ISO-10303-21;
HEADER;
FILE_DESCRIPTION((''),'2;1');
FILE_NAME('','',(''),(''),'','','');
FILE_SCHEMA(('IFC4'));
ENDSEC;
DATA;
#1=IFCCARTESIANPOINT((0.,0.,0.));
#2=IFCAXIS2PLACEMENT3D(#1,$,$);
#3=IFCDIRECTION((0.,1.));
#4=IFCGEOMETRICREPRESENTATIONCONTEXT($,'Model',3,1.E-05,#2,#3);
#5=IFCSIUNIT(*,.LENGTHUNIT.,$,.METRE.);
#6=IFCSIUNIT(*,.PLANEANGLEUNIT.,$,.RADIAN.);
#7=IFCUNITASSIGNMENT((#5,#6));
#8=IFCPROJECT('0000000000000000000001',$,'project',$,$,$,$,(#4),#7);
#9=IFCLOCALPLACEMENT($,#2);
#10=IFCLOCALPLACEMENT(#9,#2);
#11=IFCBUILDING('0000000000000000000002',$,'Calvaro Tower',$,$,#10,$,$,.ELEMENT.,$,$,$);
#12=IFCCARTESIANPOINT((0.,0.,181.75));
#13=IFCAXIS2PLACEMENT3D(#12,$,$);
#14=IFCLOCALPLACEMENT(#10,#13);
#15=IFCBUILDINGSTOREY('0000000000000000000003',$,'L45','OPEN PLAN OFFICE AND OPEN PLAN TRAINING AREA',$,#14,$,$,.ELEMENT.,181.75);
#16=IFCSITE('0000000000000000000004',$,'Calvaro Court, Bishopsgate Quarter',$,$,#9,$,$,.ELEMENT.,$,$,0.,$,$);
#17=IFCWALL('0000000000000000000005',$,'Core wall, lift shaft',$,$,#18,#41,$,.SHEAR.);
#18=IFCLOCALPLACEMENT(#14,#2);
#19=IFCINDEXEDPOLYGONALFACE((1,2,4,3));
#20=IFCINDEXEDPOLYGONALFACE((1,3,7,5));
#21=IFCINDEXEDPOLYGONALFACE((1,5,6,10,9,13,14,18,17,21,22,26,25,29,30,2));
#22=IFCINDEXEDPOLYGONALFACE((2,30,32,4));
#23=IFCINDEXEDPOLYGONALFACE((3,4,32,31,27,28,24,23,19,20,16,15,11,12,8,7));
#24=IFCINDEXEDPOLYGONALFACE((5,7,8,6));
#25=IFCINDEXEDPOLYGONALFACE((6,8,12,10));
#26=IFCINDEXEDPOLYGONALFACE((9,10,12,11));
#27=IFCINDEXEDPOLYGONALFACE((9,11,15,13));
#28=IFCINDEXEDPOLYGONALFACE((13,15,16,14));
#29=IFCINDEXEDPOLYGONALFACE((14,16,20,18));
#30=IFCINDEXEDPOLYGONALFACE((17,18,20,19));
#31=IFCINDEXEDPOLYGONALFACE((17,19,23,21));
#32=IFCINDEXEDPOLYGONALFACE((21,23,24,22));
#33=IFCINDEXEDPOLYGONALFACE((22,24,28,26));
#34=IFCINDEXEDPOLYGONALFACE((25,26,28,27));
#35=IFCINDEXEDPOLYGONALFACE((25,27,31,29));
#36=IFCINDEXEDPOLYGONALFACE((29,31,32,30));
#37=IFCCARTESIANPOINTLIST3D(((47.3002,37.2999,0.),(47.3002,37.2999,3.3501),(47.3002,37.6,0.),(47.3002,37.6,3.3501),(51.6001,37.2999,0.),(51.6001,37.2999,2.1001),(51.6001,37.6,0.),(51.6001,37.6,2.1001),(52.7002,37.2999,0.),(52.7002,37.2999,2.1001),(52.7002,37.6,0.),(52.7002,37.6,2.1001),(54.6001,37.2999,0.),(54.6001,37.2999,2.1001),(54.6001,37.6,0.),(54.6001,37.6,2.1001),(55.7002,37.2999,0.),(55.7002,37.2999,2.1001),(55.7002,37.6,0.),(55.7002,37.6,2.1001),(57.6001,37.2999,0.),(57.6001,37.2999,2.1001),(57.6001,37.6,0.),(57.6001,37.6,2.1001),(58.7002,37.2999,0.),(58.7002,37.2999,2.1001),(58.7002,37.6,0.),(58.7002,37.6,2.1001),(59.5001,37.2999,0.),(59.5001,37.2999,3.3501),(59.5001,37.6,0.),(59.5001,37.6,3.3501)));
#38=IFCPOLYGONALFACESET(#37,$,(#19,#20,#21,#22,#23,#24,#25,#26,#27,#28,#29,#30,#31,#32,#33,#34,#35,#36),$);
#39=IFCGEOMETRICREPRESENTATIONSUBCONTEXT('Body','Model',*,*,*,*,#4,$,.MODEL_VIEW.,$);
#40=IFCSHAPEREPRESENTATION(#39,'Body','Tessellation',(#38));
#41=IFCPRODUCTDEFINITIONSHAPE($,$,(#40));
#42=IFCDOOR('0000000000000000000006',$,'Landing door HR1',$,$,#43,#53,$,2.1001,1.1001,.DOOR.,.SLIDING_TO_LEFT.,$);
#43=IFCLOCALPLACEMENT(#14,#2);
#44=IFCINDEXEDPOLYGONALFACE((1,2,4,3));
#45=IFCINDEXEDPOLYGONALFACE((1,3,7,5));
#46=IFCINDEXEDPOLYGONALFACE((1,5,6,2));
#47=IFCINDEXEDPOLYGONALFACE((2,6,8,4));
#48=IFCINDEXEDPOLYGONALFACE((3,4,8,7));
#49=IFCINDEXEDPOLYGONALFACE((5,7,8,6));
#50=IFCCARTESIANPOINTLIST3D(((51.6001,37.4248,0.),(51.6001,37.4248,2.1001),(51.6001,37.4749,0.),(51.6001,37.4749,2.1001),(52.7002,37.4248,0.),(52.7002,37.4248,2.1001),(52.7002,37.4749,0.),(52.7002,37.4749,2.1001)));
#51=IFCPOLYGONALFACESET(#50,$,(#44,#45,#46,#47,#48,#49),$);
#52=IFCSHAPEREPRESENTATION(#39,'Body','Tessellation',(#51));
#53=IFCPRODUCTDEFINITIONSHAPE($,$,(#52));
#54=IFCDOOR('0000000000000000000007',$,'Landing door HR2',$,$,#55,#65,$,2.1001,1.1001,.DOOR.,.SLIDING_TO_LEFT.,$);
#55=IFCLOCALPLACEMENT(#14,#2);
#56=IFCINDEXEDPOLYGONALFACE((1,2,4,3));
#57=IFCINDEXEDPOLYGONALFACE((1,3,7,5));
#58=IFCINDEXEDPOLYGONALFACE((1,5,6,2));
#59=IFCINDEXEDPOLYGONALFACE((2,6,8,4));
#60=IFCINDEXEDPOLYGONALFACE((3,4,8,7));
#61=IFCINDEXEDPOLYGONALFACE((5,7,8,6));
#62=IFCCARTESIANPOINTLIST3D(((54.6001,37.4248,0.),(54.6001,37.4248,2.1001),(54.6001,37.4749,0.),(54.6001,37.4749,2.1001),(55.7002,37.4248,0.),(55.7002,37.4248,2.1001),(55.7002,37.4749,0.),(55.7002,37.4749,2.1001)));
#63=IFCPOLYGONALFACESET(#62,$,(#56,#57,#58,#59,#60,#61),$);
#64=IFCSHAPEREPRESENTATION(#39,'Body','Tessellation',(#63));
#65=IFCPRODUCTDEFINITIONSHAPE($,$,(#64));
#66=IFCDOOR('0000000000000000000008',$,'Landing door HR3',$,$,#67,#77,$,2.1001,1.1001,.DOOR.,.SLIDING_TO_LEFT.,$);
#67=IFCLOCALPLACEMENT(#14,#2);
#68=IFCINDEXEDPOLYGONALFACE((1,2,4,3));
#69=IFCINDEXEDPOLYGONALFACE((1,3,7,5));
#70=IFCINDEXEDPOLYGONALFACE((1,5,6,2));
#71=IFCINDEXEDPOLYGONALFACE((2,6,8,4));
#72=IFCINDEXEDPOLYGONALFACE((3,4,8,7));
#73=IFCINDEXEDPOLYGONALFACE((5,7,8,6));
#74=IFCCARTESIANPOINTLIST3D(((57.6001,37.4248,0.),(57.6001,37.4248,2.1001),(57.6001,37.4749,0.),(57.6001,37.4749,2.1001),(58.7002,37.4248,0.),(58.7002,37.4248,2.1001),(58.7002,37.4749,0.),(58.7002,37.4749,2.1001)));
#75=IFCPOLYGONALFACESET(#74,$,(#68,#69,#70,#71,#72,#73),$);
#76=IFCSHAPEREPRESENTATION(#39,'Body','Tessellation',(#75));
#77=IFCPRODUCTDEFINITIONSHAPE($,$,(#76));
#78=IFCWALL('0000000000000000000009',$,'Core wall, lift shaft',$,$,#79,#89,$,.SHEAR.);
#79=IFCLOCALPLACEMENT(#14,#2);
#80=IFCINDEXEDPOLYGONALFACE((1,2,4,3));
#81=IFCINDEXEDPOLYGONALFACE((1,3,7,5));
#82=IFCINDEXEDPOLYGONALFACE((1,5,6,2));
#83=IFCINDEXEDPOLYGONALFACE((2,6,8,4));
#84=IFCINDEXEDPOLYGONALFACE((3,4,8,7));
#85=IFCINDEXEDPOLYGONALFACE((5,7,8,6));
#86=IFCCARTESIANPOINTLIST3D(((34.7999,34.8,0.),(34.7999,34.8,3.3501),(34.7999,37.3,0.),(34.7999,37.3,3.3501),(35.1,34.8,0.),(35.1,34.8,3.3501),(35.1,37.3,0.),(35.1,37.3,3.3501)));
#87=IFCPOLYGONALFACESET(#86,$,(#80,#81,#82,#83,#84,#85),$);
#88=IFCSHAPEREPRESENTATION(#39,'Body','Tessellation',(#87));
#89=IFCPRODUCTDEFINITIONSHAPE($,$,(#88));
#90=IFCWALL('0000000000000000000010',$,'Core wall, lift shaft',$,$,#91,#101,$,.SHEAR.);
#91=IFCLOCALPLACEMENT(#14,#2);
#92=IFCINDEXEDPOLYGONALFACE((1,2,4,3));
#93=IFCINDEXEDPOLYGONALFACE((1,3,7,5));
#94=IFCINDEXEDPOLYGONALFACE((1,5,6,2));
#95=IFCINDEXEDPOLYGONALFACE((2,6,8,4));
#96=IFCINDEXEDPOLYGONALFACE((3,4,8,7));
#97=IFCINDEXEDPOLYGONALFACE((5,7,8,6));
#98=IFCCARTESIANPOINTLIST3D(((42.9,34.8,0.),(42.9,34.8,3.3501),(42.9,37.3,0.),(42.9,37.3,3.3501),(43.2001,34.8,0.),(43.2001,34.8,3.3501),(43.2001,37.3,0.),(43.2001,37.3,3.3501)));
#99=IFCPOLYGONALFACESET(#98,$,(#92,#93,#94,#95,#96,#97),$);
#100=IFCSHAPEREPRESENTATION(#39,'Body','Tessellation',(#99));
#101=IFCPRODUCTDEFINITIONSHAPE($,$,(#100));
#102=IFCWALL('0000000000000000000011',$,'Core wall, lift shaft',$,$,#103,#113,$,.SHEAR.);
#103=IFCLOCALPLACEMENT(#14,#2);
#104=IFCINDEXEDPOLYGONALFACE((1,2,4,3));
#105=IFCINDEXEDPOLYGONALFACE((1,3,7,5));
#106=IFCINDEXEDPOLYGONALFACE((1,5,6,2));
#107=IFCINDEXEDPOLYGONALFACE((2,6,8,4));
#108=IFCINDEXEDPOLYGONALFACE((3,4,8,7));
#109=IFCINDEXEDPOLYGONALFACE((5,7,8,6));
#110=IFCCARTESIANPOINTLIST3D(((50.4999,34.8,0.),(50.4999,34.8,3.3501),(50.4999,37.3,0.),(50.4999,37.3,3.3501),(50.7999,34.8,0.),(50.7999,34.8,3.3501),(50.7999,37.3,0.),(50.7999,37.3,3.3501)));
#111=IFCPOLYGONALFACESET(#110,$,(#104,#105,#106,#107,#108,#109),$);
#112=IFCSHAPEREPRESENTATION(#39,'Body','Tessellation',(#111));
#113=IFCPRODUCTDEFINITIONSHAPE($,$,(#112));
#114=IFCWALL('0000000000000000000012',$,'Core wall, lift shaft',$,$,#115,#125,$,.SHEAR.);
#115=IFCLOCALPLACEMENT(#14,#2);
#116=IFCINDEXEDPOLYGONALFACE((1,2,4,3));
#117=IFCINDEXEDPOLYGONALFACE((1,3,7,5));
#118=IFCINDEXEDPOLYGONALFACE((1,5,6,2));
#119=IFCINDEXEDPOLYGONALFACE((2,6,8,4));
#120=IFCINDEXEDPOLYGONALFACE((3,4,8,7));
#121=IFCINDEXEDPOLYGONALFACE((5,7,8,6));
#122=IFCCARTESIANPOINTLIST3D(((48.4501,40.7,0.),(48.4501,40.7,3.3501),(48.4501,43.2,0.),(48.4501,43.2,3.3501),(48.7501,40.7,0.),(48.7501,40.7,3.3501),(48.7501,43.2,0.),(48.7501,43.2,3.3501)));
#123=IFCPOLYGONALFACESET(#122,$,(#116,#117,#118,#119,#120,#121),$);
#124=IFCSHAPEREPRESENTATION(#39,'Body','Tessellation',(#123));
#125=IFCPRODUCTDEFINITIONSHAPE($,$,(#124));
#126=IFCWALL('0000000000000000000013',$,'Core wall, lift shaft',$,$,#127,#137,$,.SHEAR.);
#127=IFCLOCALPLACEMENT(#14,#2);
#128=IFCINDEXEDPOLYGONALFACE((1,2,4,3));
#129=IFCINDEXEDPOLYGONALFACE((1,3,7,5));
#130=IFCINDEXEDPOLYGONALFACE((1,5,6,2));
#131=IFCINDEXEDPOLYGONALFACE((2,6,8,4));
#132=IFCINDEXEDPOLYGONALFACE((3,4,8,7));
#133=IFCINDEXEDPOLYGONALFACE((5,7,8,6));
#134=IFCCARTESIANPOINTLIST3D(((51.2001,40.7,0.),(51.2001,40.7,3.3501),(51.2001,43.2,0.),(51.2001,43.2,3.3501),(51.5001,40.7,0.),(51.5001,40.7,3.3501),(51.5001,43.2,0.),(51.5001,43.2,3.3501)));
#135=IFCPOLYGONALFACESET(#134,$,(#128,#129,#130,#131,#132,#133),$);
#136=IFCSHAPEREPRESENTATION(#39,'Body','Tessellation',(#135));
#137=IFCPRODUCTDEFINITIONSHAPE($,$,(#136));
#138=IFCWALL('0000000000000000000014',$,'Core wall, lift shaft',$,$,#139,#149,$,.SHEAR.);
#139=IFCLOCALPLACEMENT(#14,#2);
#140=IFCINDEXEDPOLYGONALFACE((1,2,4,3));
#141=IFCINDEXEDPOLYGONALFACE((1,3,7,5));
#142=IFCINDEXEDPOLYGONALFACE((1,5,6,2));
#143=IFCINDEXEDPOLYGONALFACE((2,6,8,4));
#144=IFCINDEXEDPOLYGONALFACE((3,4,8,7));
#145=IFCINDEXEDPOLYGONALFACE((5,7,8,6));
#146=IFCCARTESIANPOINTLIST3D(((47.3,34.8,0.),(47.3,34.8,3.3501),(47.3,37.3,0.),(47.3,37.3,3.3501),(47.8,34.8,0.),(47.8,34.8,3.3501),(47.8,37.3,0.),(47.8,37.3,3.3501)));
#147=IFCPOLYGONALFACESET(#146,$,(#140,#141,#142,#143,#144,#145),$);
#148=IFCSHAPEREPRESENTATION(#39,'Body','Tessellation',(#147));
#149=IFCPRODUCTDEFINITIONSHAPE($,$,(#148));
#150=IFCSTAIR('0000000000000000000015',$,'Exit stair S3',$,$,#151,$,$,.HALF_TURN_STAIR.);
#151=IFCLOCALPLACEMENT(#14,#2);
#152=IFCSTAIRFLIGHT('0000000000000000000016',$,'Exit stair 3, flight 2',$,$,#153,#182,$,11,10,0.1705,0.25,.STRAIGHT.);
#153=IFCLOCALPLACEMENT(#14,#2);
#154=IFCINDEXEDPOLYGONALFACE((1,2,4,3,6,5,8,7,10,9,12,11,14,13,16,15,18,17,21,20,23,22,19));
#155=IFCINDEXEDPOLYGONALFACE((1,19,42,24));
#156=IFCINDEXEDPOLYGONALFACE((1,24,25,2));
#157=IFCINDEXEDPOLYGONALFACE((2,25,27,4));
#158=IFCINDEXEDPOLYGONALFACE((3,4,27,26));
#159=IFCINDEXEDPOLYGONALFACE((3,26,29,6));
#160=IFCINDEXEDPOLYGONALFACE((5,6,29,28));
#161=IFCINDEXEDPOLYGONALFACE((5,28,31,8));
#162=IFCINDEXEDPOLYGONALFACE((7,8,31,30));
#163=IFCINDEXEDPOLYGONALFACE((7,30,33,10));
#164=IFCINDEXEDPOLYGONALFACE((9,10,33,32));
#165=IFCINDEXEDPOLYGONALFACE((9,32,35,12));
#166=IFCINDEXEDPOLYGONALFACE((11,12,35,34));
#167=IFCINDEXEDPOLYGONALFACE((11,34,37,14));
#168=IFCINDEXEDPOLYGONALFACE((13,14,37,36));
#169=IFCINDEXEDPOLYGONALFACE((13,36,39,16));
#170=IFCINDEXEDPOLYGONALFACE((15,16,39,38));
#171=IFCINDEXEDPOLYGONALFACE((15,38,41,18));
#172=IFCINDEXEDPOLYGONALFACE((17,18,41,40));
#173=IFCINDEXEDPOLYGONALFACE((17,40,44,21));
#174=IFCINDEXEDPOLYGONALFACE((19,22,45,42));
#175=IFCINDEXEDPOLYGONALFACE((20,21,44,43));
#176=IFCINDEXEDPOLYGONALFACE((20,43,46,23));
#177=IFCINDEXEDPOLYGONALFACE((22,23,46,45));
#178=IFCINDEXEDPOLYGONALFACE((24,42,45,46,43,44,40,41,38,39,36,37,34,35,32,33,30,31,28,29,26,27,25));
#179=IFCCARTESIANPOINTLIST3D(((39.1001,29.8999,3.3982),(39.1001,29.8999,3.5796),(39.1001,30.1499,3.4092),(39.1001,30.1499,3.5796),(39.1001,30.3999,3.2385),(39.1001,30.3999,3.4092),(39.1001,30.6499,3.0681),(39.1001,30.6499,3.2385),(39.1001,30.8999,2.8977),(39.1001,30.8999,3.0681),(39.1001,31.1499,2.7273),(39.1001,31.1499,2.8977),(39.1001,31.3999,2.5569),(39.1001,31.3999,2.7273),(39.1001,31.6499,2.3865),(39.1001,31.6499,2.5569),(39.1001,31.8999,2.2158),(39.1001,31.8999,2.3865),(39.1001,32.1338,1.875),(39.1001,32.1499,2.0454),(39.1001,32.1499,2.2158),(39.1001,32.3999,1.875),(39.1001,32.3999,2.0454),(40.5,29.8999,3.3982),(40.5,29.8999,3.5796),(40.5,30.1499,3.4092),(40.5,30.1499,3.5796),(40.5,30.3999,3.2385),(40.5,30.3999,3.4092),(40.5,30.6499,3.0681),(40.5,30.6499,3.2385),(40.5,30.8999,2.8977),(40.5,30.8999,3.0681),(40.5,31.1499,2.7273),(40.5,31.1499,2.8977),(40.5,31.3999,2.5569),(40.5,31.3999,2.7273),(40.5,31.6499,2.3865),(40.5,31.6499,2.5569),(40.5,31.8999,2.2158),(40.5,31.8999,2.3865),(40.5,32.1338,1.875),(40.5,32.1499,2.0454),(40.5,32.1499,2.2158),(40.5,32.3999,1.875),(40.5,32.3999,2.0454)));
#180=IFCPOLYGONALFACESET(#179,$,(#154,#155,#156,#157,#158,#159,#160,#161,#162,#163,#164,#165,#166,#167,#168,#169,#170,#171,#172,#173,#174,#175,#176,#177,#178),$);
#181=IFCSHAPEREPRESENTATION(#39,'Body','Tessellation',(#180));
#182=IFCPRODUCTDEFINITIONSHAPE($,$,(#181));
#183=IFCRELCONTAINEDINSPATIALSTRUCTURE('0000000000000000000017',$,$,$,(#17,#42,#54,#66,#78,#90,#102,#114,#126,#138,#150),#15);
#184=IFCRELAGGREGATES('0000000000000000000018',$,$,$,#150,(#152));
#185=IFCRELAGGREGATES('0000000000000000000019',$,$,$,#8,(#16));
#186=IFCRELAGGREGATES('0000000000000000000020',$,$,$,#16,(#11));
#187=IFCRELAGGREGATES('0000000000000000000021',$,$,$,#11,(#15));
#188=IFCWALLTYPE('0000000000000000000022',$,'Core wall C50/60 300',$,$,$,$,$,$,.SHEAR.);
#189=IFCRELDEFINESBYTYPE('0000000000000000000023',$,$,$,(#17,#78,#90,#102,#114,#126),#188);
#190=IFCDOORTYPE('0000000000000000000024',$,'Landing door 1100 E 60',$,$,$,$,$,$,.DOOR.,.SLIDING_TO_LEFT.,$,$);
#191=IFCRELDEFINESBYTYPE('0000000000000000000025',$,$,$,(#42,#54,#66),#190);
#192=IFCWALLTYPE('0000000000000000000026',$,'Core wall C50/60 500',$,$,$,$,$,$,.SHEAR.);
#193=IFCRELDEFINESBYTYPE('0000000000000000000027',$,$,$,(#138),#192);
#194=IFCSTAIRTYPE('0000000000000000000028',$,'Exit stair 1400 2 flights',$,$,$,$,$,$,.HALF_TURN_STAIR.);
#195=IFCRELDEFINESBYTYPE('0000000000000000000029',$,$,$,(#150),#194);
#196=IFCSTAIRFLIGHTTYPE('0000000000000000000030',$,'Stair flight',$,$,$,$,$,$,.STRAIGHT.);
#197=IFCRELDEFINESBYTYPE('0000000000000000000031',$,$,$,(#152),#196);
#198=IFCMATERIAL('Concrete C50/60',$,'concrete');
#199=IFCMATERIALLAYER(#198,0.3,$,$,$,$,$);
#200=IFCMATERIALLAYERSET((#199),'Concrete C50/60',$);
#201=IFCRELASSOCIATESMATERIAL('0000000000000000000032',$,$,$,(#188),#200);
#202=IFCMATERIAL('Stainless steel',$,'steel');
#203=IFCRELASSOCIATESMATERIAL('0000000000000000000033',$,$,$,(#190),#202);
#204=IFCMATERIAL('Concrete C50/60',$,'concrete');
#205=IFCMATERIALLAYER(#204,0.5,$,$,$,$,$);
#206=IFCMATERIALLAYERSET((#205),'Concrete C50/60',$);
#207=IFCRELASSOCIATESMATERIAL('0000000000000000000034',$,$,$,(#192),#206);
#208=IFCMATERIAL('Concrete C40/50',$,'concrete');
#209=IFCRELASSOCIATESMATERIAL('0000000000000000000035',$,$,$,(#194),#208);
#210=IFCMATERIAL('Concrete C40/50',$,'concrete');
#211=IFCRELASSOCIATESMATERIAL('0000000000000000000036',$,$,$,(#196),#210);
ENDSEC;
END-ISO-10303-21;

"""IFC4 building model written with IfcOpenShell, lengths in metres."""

from ifc_helpers import new_model, si_unit, direction, frame, frame_2d, origin, place, context, subcontext, project, spatial, polyline, rectangle, outline, extrude, material, layer, layer_set, type_object, element, fill, aggregate, save


model = new_model("IFC4")

# Units and contexts
model_context = context("Model", 3, precision=1e-05, world=origin(), true_north=direction((0.0, 1.0)))
body_context = subcontext(model_context, "Body", "Model", "MODEL_VIEW")
ifc_project = project(units=[si_unit("LENGTHUNIT", "METRE"), si_unit("PLANEANGLEUNIT", "RADIAN")], contexts=[model_context])

# Site, building, storey
site_placement = place(None, origin())
site = spatial("IfcSite", under=ifc_project, at=site_placement, Name="Calvaro Court, Bishopsgate Quarter", CompositionType="ELEMENT", RefElevation=0.0)
building_placement = place(site_placement, origin())
building = spatial("IfcBuilding", under=site, at=building_placement, Name="Calvaro Tower", CompositionType="ELEMENT")
storey_placement = place(building_placement, frame((0.0, 0.0, 181.75)))
storey = spatial("IfcBuildingStorey", under=building, at=storey_placement, Name="L45", Description="OPEN PLAN OFFICE AND OPEN PLAN TRAINING AREA", CompositionType="ELEMENT", Elevation=181.75)

# Shared definitions
ifc_material_1 = material(Name="Concrete C50/60", Category="concrete")
ifc_layer_1 = layer(ifc_material_1, 0.3)
ifc_layer_set_1 = layer_set([ifc_layer_1], Name="Concrete C50/60")
wall_type_1 = type_object("IfcWallType", Name="Core wall C50/60 300", PredefinedType="SHEAR", material=ifc_layer_set_1)
ifc_material_2 = material(Name="Stainless steel", Category="steel")
door_type_1 = type_object("IfcDoorType", Name="Landing door 1100 E 60", OperationType="SLIDING_TO_LEFT", PredefinedType="DOOR", material=ifc_material_2)

# Wall, openings, doors
wall_1_placement = place(storey_placement, frame((47.3, 37.45, 0.0), z_axis=(0.0, 0.0, 1.0), x_axis=(1.0, 0.0, 0.0)))
wall_1 = element("IfcWall", 1, at=wall_1_placement, inside=storey, type_object=wall_type_1, Name="Core wall, lift shaft", PredefinedType="SHEAR", context=body_context, shape_type="SweptSolid", body=[
    extrude(rectangle(XDim=12.2, YDim=0.3, at=frame_2d((6.1001, 0.0))), origin(), (0.0, 0.0, 1.0), 3.3501),
])
opening_1_placement = place(wall_1_placement, frame((4.3, 0.0, 0.0)))
opening_1 = element("IfcOpeningElement", 2, at=opening_1_placement, cuts=wall_1, PredefinedType="OPENING", context=body_context, shape_type="SweptSolid", body=[
    extrude(rectangle(XDim=1.1001, YDim=2.1001, at=frame_2d((0.55, 1.05))), frame((0.0, 0.1599, 0.0), z_axis=(0.0, -1.0, 0.0), x_axis=(1.0, 0.0, 0.0)), (0.0, 0.0, 1.0), 0.3201),
])
opening_2_placement = place(wall_1_placement, frame((7.3, 0.0, 0.0)))
opening_2 = element("IfcOpeningElement", 3, at=opening_2_placement, cuts=wall_1, PredefinedType="OPENING", context=body_context, shape_type="SweptSolid", body=[
    extrude(rectangle(XDim=1.1001, YDim=2.1001, at=frame_2d((0.55, 1.05))), frame((0.0, 0.1599, 0.0), z_axis=(0.0, -1.0, 0.0), x_axis=(1.0, 0.0, 0.0)), (0.0, 0.0, 1.0), 0.3201),
])
opening_3_placement = place(wall_1_placement, frame((10.3, 0.0, 0.0)))
opening_3 = element("IfcOpeningElement", 4, at=opening_3_placement, cuts=wall_1, PredefinedType="OPENING", context=body_context, shape_type="SweptSolid", body=[
    extrude(rectangle(XDim=1.1001, YDim=2.1001, at=frame_2d((0.55, 1.05))), frame((0.0, 0.1599, 0.0), z_axis=(0.0, -1.0, 0.0), x_axis=(1.0, 0.0, 0.0)), (0.0, 0.0, 1.0), 0.3201),
])
door_1_placement = place(opening_1_placement, origin())
door_1 = element("IfcDoor", 5, at=door_1_placement, inside=storey, type_object=door_type_1, Name="Landing door HR1", OperationType="SLIDING_TO_LEFT", OverallHeight=2.1001, OverallWidth=1.1001, PredefinedType="DOOR", context=body_context, shape_type="SweptSolid", body=[
    extrude(rectangle(XDim=1.1001, YDim=2.1001, at=frame_2d((0.55, 1.05))), frame((0.0, 0.0249, 0.0), z_axis=(0.0, -1.0, 0.0), x_axis=(1.0, 0.0, 0.0)), (0.0, 0.0, 1.0), 0.05),
])
fill(opening_1, door_1)
door_2_placement = place(opening_2_placement, origin())
door_2 = element("IfcDoor", 6, at=door_2_placement, inside=storey, type_object=door_type_1, Name="Landing door HR2", OperationType="SLIDING_TO_LEFT", OverallHeight=2.1001, OverallWidth=1.1001, PredefinedType="DOOR", context=body_context, shape_type="SweptSolid", body=[
    extrude(rectangle(XDim=1.1001, YDim=2.1001, at=frame_2d((0.55, 1.05))), frame((0.0, 0.0249, 0.0), z_axis=(0.0, -1.0, 0.0), x_axis=(1.0, 0.0, 0.0)), (0.0, 0.0, 1.0), 0.05),
])
fill(opening_2, door_2)
door_3_placement = place(opening_3_placement, origin())
door_3 = element("IfcDoor", 7, at=door_3_placement, inside=storey, type_object=door_type_1, Name="Landing door HR3", OperationType="SLIDING_TO_LEFT", OverallHeight=2.1001, OverallWidth=1.1001, PredefinedType="DOOR", context=body_context, shape_type="SweptSolid", body=[
    extrude(rectangle(XDim=1.1001, YDim=2.1001, at=frame_2d((0.55, 1.05))), frame((0.0, 0.0249, 0.0), z_axis=(0.0, -1.0, 0.0), x_axis=(1.0, 0.0, 0.0)), (0.0, 0.0, 1.0), 0.05),
])
fill(opening_3, door_3)

# Walls
for number, where, z_axis, x_axis, name in (
    (8, (34.95, 34.8, 0.0), (0.0, 0.0, 1.0), (0.0, 1.0, 0.0), "Core wall, lift shaft"),
    (9, (43.05, 34.8, 0.0), (0.0, 0.0, 1.0), (0.0, 1.0, 0.0), "Core wall, lift shaft"),
    (10, (50.6499, 34.8, 0.0), (0.0, 0.0, 1.0), (0.0, 1.0, 0.0), "Core wall, lift shaft"),
    (11, (48.6001, 40.7, 0.0), (0.0, 0.0, 1.0), (0.0, 1.0, 0.0), "Core wall, lift shaft"),
    (12, (51.3501, 40.7, 0.0), (0.0, 0.0, 1.0), (0.0, 1.0, 0.0), "Core wall, lift shaft"),
):
    element("IfcWall", number, at=place(storey_placement, frame(where, z_axis=z_axis, x_axis=x_axis)), inside=storey, type_object=wall_type_1, Name=name, PredefinedType="SHEAR", context=body_context, shape_type="SweptSolid", body=[
        extrude(rectangle(XDim=2.5, YDim=0.3, at=frame_2d((1.25, 0.0))), origin(), (0.0, 0.0, 1.0), 3.3501),
    ])
ifc_material_3 = material(Name="Concrete C50/60", Category="concrete")
ifc_layer_2 = layer(ifc_material_3, 0.5)
ifc_layer_set_2 = layer_set([ifc_layer_2], Name="Concrete C50/60")
wall_type_2 = type_object("IfcWallType", Name="Core wall C50/60 500", PredefinedType="SHEAR", material=ifc_layer_set_2)
wall_2_placement = place(storey_placement, frame((47.55, 34.8, 0.0), z_axis=(0.0, 0.0, 1.0), x_axis=(0.0, 1.0, 0.0)))
element("IfcWall", 13, at=wall_2_placement, inside=storey, type_object=wall_type_2, Name="Core wall, lift shaft", PredefinedType="SHEAR", context=body_context, shape_type="SweptSolid", body=[
    extrude(rectangle(XDim=2.5, YDim=0.5, at=frame_2d((1.25, 0.0))), origin(), (0.0, 0.0, 1.0), 3.3501),
])

# Stair, stair flight
ifc_material_4 = material(Name="Concrete C40/50", Category="concrete")
stair_type = type_object("IfcStairType", Name="Exit stair 1400 2 flights", PredefinedType="HALF_TURN_STAIR", material=ifc_material_4)
stair_1_placement = place(storey_placement, origin())
stair_1 = element("IfcStair", 14, at=stair_1_placement, inside=storey, type_object=stair_type, Name="Exit stair S3", PredefinedType="HALF_TURN_STAIR")
ifc_material_5 = material(Name="Concrete C40/50", Category="concrete")
stair_flight_type = type_object("IfcStairFlightType", Name="Stair flight", PredefinedType="STRAIGHT", material=ifc_material_5)
stair_flight_1_placement = place(storey_placement, frame((39.8, 32.3999, 1.875), z_axis=(0.0, 0.0, 1.0), x_axis=(0.0, -1.0, 0.0)))
stair_flight_1 = element("IfcStairFlight", 15, at=stair_flight_1_placement, type_object=stair_flight_type, Name="Exit stair 3, flight 2", NumberOfRisers=11, NumberOfTreads=10, PredefinedType="STRAIGHT", RiserHeight=0.1705, TreadLength=0.25, context=body_context, shape_type="SweptSolid", body=[
    extrude(outline(polyline([(0.0, 0.0), (0.0, 0.1704), (0.25, 0.1704), (0.25, 0.3408), (0.5, 0.3408), (0.5, 0.5115), (0.75, 0.5115), (0.75, 0.6819), (1.0, 0.6819), (1.0, 0.8523), (1.25, 0.8523), (1.25, 1.0227), (1.5, 1.0227), (1.5, 1.1931), (1.75, 1.1931), (1.75, 1.3635), (2.0, 1.3635), (2.0, 1.5342), (2.25, 1.5342), (2.25, 1.7046), (2.5, 1.7046), (2.5, 1.875), (2.5, 1.5232), (0.2661, 0.0), (0.0, 0.0)])), frame((0.0, 0.7, 0.0), z_axis=(0.0, -1.0, 0.0), x_axis=(1.0, 0.0, 0.0)), (0.0, 0.0, 1.0), 1.3999),
])

aggregate(stair_1, [stair_flight_1])

save(model, "model.ifc")
